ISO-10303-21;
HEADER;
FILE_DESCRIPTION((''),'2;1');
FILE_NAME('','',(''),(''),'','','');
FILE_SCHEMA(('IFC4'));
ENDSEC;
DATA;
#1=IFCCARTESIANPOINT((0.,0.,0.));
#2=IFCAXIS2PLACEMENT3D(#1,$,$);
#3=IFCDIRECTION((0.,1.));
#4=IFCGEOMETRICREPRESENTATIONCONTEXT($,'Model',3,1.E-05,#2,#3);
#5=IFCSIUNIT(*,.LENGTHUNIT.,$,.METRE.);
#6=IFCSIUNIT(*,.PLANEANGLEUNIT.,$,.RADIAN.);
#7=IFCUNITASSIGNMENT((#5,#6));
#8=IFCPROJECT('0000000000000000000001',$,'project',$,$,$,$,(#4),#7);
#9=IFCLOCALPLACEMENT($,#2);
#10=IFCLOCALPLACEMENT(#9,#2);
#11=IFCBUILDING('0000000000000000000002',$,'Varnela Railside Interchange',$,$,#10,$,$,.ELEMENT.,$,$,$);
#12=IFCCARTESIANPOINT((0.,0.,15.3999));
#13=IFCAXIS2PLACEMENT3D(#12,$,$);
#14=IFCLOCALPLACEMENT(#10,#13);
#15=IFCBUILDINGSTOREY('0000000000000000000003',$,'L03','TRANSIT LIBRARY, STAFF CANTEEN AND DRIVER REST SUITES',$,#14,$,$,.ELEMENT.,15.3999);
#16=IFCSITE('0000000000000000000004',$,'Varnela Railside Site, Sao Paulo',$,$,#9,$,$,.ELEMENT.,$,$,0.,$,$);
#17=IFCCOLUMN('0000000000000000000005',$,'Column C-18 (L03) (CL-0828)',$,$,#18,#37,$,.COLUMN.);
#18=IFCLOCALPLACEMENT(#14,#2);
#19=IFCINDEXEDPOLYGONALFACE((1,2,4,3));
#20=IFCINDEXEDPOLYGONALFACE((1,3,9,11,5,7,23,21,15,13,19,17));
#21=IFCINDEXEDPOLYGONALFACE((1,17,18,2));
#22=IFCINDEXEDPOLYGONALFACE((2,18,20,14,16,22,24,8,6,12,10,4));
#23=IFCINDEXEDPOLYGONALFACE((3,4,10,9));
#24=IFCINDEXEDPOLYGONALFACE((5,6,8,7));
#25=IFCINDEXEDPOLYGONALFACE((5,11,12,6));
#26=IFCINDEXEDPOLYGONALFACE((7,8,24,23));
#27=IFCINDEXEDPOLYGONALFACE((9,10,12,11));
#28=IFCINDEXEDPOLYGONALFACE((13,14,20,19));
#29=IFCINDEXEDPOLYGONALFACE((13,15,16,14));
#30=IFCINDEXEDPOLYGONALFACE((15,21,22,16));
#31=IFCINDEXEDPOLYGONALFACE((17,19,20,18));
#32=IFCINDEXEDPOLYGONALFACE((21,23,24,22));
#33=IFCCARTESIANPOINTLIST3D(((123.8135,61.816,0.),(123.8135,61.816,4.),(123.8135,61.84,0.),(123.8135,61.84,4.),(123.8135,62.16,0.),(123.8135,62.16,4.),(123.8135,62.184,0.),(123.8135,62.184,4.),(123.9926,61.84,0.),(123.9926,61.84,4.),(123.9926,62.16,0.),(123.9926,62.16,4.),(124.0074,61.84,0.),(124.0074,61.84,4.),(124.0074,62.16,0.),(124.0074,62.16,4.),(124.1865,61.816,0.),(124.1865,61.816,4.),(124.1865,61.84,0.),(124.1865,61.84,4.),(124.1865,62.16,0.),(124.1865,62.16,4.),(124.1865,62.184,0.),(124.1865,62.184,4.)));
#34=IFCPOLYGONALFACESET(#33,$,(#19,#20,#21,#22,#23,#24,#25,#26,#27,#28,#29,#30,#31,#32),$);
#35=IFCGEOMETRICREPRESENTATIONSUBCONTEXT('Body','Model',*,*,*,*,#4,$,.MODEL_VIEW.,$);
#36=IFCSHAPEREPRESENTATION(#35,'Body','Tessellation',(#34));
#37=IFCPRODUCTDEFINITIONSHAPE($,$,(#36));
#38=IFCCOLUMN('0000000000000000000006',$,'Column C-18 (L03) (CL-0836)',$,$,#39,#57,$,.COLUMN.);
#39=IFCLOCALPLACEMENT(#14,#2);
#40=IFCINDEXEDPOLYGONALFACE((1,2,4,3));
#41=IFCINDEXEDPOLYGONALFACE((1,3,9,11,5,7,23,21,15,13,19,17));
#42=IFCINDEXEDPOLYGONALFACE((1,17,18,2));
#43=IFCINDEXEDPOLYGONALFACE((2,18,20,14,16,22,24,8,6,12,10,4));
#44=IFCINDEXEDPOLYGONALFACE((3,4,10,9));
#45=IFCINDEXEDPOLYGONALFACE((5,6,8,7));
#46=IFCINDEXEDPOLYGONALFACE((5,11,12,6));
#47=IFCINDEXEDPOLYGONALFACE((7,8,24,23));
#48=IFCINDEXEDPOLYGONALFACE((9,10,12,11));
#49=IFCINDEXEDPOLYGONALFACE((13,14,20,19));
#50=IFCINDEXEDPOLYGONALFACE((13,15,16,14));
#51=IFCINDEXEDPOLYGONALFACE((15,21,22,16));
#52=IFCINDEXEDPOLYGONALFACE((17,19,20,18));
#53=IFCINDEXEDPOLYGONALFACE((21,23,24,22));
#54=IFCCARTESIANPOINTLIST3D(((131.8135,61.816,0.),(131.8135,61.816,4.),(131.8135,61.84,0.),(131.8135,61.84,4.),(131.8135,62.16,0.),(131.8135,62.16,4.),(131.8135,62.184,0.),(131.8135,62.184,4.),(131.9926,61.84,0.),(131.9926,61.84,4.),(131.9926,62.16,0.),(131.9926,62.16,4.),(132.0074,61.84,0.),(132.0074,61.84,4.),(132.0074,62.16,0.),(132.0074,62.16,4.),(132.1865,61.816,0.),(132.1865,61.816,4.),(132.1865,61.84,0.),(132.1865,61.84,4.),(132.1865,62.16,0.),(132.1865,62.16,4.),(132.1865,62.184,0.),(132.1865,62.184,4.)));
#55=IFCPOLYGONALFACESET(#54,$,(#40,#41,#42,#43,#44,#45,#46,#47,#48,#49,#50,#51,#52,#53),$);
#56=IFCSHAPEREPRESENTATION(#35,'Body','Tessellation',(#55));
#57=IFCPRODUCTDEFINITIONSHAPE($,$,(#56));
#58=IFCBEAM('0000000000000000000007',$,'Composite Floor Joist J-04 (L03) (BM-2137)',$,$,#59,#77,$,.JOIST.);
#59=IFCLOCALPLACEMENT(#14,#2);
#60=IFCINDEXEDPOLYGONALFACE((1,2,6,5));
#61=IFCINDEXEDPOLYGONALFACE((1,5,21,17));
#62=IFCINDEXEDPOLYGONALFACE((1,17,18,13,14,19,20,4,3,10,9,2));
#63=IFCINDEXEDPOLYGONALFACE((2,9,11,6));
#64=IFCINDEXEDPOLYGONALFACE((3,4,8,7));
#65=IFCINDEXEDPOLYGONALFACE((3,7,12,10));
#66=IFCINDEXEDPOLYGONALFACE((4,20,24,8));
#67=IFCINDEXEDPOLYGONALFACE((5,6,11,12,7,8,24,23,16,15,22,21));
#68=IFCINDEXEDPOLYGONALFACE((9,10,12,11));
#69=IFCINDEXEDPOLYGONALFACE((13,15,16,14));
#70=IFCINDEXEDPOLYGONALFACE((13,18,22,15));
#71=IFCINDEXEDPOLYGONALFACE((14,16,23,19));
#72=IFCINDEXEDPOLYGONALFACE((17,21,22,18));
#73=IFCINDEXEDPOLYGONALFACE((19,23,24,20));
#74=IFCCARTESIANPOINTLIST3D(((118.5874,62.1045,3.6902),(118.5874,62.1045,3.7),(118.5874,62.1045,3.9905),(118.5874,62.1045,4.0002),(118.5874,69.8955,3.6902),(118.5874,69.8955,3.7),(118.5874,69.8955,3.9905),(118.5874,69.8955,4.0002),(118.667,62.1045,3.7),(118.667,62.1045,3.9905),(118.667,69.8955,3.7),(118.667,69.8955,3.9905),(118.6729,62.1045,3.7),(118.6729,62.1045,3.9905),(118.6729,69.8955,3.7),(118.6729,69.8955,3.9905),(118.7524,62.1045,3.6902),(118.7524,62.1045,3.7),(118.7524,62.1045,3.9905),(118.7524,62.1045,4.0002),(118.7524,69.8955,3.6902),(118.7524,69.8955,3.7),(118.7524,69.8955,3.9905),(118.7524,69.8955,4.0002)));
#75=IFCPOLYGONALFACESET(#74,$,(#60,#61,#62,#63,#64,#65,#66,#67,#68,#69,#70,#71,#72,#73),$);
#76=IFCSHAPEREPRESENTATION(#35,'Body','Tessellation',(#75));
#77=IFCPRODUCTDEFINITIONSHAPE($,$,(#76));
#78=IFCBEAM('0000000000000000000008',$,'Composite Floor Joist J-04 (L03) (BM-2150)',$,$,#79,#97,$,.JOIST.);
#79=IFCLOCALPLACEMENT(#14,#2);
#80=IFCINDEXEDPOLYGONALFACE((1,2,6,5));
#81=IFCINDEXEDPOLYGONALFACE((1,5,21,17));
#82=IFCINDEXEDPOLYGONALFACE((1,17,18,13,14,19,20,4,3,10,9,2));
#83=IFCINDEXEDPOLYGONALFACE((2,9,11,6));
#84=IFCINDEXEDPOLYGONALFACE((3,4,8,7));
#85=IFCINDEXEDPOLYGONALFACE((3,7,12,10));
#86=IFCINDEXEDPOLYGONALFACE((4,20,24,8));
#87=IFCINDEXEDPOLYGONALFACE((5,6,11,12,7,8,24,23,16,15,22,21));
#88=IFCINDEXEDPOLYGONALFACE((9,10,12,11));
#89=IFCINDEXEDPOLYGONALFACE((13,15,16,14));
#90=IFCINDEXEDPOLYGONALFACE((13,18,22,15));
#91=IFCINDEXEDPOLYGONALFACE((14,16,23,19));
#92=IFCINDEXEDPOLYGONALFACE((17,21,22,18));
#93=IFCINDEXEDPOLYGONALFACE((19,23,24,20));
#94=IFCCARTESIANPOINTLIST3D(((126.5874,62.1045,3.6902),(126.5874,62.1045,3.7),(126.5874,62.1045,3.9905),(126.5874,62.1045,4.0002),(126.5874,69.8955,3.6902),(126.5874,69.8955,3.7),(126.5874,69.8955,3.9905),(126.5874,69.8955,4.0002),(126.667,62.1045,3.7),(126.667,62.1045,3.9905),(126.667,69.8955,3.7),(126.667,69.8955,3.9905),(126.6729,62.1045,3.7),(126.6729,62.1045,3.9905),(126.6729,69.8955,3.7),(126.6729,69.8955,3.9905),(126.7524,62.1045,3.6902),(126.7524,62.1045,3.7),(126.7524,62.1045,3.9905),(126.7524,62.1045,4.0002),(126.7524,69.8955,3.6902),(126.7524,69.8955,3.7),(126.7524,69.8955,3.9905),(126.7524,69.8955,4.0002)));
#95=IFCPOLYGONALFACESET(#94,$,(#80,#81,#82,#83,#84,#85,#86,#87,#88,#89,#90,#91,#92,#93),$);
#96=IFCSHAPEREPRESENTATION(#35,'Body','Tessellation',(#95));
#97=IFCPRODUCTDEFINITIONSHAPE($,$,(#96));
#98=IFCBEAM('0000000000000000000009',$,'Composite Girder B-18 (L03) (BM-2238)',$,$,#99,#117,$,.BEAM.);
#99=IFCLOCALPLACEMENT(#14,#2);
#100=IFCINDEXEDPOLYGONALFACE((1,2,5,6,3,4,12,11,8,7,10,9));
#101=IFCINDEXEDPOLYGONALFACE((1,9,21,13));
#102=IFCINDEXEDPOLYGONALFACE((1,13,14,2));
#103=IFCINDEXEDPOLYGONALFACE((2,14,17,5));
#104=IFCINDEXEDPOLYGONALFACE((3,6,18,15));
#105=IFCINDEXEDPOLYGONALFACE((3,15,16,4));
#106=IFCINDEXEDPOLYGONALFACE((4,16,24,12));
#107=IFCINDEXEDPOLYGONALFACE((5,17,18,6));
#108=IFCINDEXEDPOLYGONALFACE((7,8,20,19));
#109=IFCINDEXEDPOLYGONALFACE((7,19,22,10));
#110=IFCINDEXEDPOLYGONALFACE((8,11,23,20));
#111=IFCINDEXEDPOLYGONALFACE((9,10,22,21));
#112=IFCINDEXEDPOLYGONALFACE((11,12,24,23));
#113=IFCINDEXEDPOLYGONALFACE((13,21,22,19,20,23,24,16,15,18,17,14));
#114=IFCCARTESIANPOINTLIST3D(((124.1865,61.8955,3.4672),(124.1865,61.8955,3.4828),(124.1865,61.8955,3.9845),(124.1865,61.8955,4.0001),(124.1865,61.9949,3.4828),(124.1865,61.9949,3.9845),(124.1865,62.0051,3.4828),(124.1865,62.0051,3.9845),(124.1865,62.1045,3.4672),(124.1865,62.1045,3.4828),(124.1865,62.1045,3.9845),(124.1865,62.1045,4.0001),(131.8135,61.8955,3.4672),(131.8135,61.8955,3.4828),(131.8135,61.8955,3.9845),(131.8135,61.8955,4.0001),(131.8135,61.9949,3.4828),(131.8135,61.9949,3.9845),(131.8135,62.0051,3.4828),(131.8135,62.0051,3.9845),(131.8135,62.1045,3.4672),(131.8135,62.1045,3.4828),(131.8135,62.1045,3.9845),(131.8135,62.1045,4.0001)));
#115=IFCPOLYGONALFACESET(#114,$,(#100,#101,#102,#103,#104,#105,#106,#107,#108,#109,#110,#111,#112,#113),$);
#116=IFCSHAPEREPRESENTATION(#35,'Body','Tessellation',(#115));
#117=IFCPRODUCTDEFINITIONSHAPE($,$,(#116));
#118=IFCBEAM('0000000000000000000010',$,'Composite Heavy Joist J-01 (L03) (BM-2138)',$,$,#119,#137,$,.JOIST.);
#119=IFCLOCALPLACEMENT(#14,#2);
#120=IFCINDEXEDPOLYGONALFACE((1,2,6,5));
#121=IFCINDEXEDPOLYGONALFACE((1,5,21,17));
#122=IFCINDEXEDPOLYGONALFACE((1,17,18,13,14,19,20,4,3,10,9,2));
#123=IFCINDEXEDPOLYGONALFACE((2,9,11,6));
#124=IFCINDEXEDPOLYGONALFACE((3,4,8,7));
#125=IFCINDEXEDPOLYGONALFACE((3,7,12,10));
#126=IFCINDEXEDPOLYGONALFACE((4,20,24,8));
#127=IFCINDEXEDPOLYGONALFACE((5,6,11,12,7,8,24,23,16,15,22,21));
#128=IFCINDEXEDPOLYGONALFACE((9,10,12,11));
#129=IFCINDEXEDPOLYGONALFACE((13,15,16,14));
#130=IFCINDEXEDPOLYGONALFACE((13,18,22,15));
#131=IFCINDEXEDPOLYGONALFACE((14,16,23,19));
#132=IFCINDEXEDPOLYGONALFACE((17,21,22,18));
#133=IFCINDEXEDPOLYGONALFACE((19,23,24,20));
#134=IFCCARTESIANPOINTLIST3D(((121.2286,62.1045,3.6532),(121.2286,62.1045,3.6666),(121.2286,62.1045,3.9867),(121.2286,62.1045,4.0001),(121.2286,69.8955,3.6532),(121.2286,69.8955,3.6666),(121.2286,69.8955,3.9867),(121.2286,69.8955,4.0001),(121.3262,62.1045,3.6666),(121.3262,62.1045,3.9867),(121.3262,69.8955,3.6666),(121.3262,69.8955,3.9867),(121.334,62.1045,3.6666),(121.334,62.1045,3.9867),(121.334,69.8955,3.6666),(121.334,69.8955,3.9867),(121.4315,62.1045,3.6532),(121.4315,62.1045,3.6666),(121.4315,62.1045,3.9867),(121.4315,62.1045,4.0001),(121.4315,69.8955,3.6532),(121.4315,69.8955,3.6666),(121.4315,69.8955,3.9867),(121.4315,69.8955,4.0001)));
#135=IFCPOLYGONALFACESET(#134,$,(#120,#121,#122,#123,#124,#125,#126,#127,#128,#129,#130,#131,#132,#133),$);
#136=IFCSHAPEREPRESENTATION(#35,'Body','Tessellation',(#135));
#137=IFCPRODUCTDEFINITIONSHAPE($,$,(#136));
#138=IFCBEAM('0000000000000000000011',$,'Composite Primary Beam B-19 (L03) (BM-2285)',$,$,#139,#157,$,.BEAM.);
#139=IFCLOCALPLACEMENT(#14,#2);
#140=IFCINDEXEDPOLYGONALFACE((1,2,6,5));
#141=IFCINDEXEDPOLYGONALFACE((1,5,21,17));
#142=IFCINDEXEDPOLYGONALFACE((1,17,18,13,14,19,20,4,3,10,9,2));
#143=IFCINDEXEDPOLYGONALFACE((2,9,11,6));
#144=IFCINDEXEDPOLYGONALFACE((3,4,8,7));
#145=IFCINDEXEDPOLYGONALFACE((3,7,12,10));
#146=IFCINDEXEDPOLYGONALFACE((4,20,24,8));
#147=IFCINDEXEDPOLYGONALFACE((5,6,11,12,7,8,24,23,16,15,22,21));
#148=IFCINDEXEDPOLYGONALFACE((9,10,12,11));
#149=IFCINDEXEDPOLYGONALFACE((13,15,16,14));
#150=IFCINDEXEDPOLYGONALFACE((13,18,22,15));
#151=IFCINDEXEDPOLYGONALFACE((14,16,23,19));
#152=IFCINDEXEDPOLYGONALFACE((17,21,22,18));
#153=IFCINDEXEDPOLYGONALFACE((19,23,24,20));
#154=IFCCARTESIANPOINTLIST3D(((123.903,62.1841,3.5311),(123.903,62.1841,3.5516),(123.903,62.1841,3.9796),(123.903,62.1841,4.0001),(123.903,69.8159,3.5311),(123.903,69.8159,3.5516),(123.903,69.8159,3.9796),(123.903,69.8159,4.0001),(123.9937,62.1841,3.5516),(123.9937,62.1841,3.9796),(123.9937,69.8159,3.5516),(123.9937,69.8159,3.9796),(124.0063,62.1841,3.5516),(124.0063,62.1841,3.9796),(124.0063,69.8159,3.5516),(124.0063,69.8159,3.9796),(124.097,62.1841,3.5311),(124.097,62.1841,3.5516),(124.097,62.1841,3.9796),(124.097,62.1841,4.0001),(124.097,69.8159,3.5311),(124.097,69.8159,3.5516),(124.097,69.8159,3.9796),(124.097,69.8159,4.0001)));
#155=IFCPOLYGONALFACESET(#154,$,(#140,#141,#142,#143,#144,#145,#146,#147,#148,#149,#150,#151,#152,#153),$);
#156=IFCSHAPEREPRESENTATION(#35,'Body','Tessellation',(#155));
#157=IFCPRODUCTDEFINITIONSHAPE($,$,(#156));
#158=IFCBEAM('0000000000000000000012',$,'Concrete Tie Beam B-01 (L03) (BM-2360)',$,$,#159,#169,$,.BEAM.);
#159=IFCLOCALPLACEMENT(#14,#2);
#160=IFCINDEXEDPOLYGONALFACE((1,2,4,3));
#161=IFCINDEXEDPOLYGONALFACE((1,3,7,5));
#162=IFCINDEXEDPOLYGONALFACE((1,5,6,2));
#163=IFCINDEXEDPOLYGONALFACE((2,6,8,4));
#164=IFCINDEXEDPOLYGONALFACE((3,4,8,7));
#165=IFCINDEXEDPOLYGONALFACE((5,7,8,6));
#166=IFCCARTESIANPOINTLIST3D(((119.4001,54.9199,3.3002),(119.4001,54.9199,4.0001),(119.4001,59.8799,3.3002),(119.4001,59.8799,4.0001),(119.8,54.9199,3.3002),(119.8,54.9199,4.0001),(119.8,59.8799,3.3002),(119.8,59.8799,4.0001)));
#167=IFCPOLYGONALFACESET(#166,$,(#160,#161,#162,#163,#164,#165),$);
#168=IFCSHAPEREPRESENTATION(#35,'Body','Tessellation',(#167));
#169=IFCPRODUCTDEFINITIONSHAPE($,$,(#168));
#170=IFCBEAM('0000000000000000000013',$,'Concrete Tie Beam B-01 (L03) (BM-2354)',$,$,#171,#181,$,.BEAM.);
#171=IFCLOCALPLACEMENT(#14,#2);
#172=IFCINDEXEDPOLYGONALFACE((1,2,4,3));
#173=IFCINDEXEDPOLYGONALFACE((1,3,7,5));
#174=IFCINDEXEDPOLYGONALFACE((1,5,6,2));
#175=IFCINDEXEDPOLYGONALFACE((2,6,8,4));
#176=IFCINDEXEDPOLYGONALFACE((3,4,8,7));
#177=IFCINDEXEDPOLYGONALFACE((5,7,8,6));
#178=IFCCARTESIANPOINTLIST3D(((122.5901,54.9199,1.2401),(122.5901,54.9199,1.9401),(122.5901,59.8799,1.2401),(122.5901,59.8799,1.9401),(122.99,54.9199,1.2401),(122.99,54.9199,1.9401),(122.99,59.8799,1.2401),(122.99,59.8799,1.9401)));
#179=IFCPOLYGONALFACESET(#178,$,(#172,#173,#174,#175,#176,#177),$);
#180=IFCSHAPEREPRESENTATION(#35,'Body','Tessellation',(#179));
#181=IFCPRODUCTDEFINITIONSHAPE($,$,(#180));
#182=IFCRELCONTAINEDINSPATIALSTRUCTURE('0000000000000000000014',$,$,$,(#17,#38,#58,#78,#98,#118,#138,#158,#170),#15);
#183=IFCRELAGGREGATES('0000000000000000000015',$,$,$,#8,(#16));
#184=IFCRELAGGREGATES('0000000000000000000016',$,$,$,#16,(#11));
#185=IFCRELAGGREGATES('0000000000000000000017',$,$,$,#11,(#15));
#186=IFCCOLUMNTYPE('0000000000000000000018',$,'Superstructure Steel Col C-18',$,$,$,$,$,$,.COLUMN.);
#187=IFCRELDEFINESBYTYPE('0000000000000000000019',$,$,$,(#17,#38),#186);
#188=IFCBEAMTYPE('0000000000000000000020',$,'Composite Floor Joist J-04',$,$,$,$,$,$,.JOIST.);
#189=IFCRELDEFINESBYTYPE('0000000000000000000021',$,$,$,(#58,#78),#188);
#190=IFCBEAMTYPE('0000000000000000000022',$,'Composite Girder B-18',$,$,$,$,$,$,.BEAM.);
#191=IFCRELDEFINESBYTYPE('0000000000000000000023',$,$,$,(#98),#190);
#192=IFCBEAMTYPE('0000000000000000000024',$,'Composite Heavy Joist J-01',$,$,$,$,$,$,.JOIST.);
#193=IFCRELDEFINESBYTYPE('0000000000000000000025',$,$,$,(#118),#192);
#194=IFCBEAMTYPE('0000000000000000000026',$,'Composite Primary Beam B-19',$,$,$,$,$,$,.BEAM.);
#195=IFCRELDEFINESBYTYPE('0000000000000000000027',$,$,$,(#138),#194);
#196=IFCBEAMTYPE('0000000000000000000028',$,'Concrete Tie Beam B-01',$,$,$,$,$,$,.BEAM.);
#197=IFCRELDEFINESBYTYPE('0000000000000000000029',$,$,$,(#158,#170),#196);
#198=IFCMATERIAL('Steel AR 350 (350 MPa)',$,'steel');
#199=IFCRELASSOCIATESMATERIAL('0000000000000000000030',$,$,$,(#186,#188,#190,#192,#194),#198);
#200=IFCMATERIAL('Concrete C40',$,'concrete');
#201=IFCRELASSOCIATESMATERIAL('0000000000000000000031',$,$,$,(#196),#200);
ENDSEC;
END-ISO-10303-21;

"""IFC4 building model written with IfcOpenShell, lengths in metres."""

from ifc_helpers import new_model, si_unit, direction, frame, origin, origin_2d, place, context, subcontext, project, spatial, rectangle, i_section, extrude, material, material_profile, profile_set, type_object, element, save


model = new_model("IFC4")

# Units and contexts
model_context = context("Model", 3, precision=1e-05, world=origin(), true_north=direction((0.0, 1.0)))
body_context = subcontext(model_context, "Body", "Model", "MODEL_VIEW")
ifc_project = project(units=[si_unit("LENGTHUNIT", "METRE"), si_unit("PLANEANGLEUNIT", "RADIAN")], contexts=[model_context])

# Site, building, storey
site_placement = place(None, origin())
site = spatial("IfcSite", under=ifc_project, at=site_placement, Name="Varnela Railside Site, Sao Paulo", CompositionType="ELEMENT", RefElevation=0.0)
building_placement = place(site_placement, origin())
building = spatial("IfcBuilding", under=site, at=building_placement, Name="Varnela Railside Interchange", CompositionType="ELEMENT")
storey_placement = place(building_placement, frame((0.0, 0.0, 15.3999)))
storey = spatial("IfcBuildingStorey", under=building, at=storey_placement, Name="L03", Description="TRANSIT LIBRARY, STAFF CANTEEN AND DRIVER REST SUITES", CompositionType="ELEMENT", Elevation=15.3999)

# Columns
ifc_material_1 = material(Name="Steel AR 350 (350 MPa)", Category="steel")
ifc_material_profile_1 = material_profile(ifc_material_1, i_section(OverallWidth=0.373, OverallDepth=0.3679, WebThickness=0.0149, FlangeThickness=0.0239, at=origin_2d()), Name="W360x179")
ifc_profile_set_1 = profile_set([ifc_material_profile_1], Name="Steel AR 350 (350 MPa)")
column_type = type_object("IfcColumnType", Name="Superstructure Steel Col C-18", PredefinedType="COLUMN", material=ifc_profile_set_1)
for number, where, z_axis, x_axis, name in (
    (1, (124.0, 62.0, 0.0), (0.0, 0.0, 1.0), (1.0, 0.0, 0.0), "Column C-18 (L03) (CL-0828)"),
    (2, (132.0, 62.0, 0.0), (0.0, 0.0, 1.0), (1.0, 0.0, 0.0), "Column C-18 (L03) (CL-0836)"),
):
    element("IfcColumn", number, at=place(storey_placement, frame(where, z_axis=z_axis, x_axis=x_axis)), inside=storey, type_object=column_type, Name=name, PredefinedType="COLUMN", context=body_context, shape_type="SweptSolid", body=[
        extrude(i_section(OverallWidth=0.373, OverallDepth=0.3679, WebThickness=0.0149, FlangeThickness=0.0239, at=origin_2d()), origin(), (0.0, 0.0, 1.0), 4.0),
    ])

# Beams
ifc_material_profile_2 = material_profile(ifc_material_1, i_section(OverallWidth=0.165, OverallDepth=0.3101, WebThickness=0.0059, FlangeThickness=0.0098, at=origin_2d()), Name="W310x38.7")
ifc_profile_set_2 = profile_set([ifc_material_profile_2], Name="Steel AR 350 (350 MPa)")
beam_type_1 = type_object("IfcBeamType", Name="Composite Floor Joist J-04", PredefinedType="JOIST", material=ifc_profile_set_2)
for number, where, z_axis, x_axis, name in (
    (3, (118.6699, 62.1045, 3.8452), (0.0, 1.0, 0.0), (-1.0, 0.0, 0.0), "Composite Floor Joist J-04 (L03) (BM-2137)"),
    (4, (126.6699, 62.1045, 3.8452), (0.0, 1.0, 0.0), (-1.0, 0.0, 0.0), "Composite Floor Joist J-04 (L03) (BM-2150)"),
):
    element("IfcBeam", number, at=place(storey_placement, frame(where, z_axis=z_axis, x_axis=x_axis)), inside=storey, type_object=beam_type_1, Name=name, PredefinedType="JOIST", context=body_context, shape_type="SweptSolid", body=[
        extrude(i_section(OverallWidth=0.165, OverallDepth=0.3101, WebThickness=0.0059, FlangeThickness=0.0098, at=origin_2d()), origin(), (0.0, 0.0, 1.0), 7.791),
    ])
ifc_material_profile_3 = material_profile(ifc_material_1, i_section(OverallWidth=0.209, OverallDepth=0.533, WebThickness=0.0103, FlangeThickness=0.0156, at=origin_2d()), Name="W530x92")
ifc_profile_set_3 = profile_set([ifc_material_profile_3], Name="Steel AR 350 (350 MPa)")
beam_type_2 = type_object("IfcBeamType", Name="Composite Girder B-18", PredefinedType="BEAM", material=ifc_profile_set_3)
beam_1_placement = place(storey_placement, frame((124.1865, 62.0, 3.7336), z_axis=(1.0, 0.0, 0.0), x_axis=(0.0, 1.0, 0.0)))
element("IfcBeam", 5, at=beam_1_placement, inside=storey, type_object=beam_type_2, Name="Composite Girder B-18 (L03) (BM-2238)", PredefinedType="BEAM", context=body_context, shape_type="SweptSolid", body=[
    extrude(i_section(OverallWidth=0.209, OverallDepth=0.533, WebThickness=0.0103, FlangeThickness=0.0156, at=origin_2d()), origin(), (0.0, 0.0, 1.0), 7.627),
])
ifc_material_profile_4 = material_profile(ifc_material_1, i_section(OverallWidth=0.2029, OverallDepth=0.3469, WebThickness=0.0078, FlangeThickness=0.0134, at=origin_2d()), Name="W360x64")
ifc_profile_set_4 = profile_set([ifc_material_profile_4], Name="Steel AR 350 (350 MPa)")
beam_type_3 = type_object("IfcBeamType", Name="Composite Heavy Joist J-01", PredefinedType="JOIST", material=ifc_profile_set_4)
beam_2_placement = place(storey_placement, frame((121.3301, 62.1045, 3.8267), z_axis=(0.0, 1.0, 0.0), x_axis=(-1.0, 0.0, 0.0)))
element("IfcBeam", 6, at=beam_2_placement, inside=storey, type_object=beam_type_3, Name="Composite Heavy Joist J-01 (L03) (BM-2138)", PredefinedType="JOIST", context=body_context, shape_type="SweptSolid", body=[
    extrude(i_section(OverallWidth=0.2029, OverallDepth=0.3469, WebThickness=0.0078, FlangeThickness=0.0134, at=origin_2d()), origin(), (0.0, 0.0, 1.0), 7.791),
])
ifc_material_profile_5 = material_profile(ifc_material_1, i_section(OverallWidth=0.1941, OverallDepth=0.469, WebThickness=0.0127, FlangeThickness=0.0205, at=origin_2d()), Name="W460x106")
ifc_profile_set_5 = profile_set([ifc_material_profile_5], Name="Steel AR 350 (350 MPa)")
beam_type_4 = type_object("IfcBeamType", Name="Composite Primary Beam B-19", PredefinedType="BEAM", material=ifc_profile_set_5)
beam_3_placement = place(storey_placement, frame((124.0, 62.1841, 3.7656), z_axis=(0.0, 1.0, 0.0), x_axis=(-1.0, 0.0, 0.0)))
element("IfcBeam", 7, at=beam_3_placement, inside=storey, type_object=beam_type_4, Name="Composite Primary Beam B-19 (L03) (BM-2285)", PredefinedType="BEAM", context=body_context, shape_type="SweptSolid", body=[
    extrude(i_section(OverallWidth=0.1941, OverallDepth=0.469, WebThickness=0.0127, FlangeThickness=0.0205, at=origin_2d()), origin(), (0.0, 0.0, 1.0), 7.6318),
])
ifc_material_2 = material(Name="Concrete C40", Category="concrete")
ifc_material_profile_6 = material_profile(ifc_material_2, rectangle(XDim=0.3999, YDim=0.7, at=origin_2d()), Name="RC 400x700")
ifc_profile_set_6 = profile_set([ifc_material_profile_6], Name="Concrete C40")
beam_type_5 = type_object("IfcBeamType", Name="Concrete Tie Beam B-01", PredefinedType="BEAM", material=ifc_profile_set_6)
for number, where, z_axis, x_axis, name in (
    (8, (119.6001, 54.9199, 3.6501), (0.0, 1.0, 0.0), (-1.0, 0.0, 0.0), "Concrete Tie Beam B-01 (L03) (BM-2360)"),
    (9, (122.79, 54.9199, 1.5901), (0.0, 1.0, 0.0), (-1.0, 0.0, 0.0), "Concrete Tie Beam B-01 (L03) (BM-2354)"),
):
    element("IfcBeam", number, at=place(storey_placement, frame(where, z_axis=z_axis, x_axis=x_axis)), inside=storey, type_object=beam_type_5, Name=name, PredefinedType="BEAM", context=body_context, shape_type="SweptSolid", body=[
        extrude(rectangle(XDim=0.3999, YDim=0.7, at=origin_2d()), origin(), (0.0, 0.0, 1.0), 4.96),
    ])

save(model, "model.ifc")
